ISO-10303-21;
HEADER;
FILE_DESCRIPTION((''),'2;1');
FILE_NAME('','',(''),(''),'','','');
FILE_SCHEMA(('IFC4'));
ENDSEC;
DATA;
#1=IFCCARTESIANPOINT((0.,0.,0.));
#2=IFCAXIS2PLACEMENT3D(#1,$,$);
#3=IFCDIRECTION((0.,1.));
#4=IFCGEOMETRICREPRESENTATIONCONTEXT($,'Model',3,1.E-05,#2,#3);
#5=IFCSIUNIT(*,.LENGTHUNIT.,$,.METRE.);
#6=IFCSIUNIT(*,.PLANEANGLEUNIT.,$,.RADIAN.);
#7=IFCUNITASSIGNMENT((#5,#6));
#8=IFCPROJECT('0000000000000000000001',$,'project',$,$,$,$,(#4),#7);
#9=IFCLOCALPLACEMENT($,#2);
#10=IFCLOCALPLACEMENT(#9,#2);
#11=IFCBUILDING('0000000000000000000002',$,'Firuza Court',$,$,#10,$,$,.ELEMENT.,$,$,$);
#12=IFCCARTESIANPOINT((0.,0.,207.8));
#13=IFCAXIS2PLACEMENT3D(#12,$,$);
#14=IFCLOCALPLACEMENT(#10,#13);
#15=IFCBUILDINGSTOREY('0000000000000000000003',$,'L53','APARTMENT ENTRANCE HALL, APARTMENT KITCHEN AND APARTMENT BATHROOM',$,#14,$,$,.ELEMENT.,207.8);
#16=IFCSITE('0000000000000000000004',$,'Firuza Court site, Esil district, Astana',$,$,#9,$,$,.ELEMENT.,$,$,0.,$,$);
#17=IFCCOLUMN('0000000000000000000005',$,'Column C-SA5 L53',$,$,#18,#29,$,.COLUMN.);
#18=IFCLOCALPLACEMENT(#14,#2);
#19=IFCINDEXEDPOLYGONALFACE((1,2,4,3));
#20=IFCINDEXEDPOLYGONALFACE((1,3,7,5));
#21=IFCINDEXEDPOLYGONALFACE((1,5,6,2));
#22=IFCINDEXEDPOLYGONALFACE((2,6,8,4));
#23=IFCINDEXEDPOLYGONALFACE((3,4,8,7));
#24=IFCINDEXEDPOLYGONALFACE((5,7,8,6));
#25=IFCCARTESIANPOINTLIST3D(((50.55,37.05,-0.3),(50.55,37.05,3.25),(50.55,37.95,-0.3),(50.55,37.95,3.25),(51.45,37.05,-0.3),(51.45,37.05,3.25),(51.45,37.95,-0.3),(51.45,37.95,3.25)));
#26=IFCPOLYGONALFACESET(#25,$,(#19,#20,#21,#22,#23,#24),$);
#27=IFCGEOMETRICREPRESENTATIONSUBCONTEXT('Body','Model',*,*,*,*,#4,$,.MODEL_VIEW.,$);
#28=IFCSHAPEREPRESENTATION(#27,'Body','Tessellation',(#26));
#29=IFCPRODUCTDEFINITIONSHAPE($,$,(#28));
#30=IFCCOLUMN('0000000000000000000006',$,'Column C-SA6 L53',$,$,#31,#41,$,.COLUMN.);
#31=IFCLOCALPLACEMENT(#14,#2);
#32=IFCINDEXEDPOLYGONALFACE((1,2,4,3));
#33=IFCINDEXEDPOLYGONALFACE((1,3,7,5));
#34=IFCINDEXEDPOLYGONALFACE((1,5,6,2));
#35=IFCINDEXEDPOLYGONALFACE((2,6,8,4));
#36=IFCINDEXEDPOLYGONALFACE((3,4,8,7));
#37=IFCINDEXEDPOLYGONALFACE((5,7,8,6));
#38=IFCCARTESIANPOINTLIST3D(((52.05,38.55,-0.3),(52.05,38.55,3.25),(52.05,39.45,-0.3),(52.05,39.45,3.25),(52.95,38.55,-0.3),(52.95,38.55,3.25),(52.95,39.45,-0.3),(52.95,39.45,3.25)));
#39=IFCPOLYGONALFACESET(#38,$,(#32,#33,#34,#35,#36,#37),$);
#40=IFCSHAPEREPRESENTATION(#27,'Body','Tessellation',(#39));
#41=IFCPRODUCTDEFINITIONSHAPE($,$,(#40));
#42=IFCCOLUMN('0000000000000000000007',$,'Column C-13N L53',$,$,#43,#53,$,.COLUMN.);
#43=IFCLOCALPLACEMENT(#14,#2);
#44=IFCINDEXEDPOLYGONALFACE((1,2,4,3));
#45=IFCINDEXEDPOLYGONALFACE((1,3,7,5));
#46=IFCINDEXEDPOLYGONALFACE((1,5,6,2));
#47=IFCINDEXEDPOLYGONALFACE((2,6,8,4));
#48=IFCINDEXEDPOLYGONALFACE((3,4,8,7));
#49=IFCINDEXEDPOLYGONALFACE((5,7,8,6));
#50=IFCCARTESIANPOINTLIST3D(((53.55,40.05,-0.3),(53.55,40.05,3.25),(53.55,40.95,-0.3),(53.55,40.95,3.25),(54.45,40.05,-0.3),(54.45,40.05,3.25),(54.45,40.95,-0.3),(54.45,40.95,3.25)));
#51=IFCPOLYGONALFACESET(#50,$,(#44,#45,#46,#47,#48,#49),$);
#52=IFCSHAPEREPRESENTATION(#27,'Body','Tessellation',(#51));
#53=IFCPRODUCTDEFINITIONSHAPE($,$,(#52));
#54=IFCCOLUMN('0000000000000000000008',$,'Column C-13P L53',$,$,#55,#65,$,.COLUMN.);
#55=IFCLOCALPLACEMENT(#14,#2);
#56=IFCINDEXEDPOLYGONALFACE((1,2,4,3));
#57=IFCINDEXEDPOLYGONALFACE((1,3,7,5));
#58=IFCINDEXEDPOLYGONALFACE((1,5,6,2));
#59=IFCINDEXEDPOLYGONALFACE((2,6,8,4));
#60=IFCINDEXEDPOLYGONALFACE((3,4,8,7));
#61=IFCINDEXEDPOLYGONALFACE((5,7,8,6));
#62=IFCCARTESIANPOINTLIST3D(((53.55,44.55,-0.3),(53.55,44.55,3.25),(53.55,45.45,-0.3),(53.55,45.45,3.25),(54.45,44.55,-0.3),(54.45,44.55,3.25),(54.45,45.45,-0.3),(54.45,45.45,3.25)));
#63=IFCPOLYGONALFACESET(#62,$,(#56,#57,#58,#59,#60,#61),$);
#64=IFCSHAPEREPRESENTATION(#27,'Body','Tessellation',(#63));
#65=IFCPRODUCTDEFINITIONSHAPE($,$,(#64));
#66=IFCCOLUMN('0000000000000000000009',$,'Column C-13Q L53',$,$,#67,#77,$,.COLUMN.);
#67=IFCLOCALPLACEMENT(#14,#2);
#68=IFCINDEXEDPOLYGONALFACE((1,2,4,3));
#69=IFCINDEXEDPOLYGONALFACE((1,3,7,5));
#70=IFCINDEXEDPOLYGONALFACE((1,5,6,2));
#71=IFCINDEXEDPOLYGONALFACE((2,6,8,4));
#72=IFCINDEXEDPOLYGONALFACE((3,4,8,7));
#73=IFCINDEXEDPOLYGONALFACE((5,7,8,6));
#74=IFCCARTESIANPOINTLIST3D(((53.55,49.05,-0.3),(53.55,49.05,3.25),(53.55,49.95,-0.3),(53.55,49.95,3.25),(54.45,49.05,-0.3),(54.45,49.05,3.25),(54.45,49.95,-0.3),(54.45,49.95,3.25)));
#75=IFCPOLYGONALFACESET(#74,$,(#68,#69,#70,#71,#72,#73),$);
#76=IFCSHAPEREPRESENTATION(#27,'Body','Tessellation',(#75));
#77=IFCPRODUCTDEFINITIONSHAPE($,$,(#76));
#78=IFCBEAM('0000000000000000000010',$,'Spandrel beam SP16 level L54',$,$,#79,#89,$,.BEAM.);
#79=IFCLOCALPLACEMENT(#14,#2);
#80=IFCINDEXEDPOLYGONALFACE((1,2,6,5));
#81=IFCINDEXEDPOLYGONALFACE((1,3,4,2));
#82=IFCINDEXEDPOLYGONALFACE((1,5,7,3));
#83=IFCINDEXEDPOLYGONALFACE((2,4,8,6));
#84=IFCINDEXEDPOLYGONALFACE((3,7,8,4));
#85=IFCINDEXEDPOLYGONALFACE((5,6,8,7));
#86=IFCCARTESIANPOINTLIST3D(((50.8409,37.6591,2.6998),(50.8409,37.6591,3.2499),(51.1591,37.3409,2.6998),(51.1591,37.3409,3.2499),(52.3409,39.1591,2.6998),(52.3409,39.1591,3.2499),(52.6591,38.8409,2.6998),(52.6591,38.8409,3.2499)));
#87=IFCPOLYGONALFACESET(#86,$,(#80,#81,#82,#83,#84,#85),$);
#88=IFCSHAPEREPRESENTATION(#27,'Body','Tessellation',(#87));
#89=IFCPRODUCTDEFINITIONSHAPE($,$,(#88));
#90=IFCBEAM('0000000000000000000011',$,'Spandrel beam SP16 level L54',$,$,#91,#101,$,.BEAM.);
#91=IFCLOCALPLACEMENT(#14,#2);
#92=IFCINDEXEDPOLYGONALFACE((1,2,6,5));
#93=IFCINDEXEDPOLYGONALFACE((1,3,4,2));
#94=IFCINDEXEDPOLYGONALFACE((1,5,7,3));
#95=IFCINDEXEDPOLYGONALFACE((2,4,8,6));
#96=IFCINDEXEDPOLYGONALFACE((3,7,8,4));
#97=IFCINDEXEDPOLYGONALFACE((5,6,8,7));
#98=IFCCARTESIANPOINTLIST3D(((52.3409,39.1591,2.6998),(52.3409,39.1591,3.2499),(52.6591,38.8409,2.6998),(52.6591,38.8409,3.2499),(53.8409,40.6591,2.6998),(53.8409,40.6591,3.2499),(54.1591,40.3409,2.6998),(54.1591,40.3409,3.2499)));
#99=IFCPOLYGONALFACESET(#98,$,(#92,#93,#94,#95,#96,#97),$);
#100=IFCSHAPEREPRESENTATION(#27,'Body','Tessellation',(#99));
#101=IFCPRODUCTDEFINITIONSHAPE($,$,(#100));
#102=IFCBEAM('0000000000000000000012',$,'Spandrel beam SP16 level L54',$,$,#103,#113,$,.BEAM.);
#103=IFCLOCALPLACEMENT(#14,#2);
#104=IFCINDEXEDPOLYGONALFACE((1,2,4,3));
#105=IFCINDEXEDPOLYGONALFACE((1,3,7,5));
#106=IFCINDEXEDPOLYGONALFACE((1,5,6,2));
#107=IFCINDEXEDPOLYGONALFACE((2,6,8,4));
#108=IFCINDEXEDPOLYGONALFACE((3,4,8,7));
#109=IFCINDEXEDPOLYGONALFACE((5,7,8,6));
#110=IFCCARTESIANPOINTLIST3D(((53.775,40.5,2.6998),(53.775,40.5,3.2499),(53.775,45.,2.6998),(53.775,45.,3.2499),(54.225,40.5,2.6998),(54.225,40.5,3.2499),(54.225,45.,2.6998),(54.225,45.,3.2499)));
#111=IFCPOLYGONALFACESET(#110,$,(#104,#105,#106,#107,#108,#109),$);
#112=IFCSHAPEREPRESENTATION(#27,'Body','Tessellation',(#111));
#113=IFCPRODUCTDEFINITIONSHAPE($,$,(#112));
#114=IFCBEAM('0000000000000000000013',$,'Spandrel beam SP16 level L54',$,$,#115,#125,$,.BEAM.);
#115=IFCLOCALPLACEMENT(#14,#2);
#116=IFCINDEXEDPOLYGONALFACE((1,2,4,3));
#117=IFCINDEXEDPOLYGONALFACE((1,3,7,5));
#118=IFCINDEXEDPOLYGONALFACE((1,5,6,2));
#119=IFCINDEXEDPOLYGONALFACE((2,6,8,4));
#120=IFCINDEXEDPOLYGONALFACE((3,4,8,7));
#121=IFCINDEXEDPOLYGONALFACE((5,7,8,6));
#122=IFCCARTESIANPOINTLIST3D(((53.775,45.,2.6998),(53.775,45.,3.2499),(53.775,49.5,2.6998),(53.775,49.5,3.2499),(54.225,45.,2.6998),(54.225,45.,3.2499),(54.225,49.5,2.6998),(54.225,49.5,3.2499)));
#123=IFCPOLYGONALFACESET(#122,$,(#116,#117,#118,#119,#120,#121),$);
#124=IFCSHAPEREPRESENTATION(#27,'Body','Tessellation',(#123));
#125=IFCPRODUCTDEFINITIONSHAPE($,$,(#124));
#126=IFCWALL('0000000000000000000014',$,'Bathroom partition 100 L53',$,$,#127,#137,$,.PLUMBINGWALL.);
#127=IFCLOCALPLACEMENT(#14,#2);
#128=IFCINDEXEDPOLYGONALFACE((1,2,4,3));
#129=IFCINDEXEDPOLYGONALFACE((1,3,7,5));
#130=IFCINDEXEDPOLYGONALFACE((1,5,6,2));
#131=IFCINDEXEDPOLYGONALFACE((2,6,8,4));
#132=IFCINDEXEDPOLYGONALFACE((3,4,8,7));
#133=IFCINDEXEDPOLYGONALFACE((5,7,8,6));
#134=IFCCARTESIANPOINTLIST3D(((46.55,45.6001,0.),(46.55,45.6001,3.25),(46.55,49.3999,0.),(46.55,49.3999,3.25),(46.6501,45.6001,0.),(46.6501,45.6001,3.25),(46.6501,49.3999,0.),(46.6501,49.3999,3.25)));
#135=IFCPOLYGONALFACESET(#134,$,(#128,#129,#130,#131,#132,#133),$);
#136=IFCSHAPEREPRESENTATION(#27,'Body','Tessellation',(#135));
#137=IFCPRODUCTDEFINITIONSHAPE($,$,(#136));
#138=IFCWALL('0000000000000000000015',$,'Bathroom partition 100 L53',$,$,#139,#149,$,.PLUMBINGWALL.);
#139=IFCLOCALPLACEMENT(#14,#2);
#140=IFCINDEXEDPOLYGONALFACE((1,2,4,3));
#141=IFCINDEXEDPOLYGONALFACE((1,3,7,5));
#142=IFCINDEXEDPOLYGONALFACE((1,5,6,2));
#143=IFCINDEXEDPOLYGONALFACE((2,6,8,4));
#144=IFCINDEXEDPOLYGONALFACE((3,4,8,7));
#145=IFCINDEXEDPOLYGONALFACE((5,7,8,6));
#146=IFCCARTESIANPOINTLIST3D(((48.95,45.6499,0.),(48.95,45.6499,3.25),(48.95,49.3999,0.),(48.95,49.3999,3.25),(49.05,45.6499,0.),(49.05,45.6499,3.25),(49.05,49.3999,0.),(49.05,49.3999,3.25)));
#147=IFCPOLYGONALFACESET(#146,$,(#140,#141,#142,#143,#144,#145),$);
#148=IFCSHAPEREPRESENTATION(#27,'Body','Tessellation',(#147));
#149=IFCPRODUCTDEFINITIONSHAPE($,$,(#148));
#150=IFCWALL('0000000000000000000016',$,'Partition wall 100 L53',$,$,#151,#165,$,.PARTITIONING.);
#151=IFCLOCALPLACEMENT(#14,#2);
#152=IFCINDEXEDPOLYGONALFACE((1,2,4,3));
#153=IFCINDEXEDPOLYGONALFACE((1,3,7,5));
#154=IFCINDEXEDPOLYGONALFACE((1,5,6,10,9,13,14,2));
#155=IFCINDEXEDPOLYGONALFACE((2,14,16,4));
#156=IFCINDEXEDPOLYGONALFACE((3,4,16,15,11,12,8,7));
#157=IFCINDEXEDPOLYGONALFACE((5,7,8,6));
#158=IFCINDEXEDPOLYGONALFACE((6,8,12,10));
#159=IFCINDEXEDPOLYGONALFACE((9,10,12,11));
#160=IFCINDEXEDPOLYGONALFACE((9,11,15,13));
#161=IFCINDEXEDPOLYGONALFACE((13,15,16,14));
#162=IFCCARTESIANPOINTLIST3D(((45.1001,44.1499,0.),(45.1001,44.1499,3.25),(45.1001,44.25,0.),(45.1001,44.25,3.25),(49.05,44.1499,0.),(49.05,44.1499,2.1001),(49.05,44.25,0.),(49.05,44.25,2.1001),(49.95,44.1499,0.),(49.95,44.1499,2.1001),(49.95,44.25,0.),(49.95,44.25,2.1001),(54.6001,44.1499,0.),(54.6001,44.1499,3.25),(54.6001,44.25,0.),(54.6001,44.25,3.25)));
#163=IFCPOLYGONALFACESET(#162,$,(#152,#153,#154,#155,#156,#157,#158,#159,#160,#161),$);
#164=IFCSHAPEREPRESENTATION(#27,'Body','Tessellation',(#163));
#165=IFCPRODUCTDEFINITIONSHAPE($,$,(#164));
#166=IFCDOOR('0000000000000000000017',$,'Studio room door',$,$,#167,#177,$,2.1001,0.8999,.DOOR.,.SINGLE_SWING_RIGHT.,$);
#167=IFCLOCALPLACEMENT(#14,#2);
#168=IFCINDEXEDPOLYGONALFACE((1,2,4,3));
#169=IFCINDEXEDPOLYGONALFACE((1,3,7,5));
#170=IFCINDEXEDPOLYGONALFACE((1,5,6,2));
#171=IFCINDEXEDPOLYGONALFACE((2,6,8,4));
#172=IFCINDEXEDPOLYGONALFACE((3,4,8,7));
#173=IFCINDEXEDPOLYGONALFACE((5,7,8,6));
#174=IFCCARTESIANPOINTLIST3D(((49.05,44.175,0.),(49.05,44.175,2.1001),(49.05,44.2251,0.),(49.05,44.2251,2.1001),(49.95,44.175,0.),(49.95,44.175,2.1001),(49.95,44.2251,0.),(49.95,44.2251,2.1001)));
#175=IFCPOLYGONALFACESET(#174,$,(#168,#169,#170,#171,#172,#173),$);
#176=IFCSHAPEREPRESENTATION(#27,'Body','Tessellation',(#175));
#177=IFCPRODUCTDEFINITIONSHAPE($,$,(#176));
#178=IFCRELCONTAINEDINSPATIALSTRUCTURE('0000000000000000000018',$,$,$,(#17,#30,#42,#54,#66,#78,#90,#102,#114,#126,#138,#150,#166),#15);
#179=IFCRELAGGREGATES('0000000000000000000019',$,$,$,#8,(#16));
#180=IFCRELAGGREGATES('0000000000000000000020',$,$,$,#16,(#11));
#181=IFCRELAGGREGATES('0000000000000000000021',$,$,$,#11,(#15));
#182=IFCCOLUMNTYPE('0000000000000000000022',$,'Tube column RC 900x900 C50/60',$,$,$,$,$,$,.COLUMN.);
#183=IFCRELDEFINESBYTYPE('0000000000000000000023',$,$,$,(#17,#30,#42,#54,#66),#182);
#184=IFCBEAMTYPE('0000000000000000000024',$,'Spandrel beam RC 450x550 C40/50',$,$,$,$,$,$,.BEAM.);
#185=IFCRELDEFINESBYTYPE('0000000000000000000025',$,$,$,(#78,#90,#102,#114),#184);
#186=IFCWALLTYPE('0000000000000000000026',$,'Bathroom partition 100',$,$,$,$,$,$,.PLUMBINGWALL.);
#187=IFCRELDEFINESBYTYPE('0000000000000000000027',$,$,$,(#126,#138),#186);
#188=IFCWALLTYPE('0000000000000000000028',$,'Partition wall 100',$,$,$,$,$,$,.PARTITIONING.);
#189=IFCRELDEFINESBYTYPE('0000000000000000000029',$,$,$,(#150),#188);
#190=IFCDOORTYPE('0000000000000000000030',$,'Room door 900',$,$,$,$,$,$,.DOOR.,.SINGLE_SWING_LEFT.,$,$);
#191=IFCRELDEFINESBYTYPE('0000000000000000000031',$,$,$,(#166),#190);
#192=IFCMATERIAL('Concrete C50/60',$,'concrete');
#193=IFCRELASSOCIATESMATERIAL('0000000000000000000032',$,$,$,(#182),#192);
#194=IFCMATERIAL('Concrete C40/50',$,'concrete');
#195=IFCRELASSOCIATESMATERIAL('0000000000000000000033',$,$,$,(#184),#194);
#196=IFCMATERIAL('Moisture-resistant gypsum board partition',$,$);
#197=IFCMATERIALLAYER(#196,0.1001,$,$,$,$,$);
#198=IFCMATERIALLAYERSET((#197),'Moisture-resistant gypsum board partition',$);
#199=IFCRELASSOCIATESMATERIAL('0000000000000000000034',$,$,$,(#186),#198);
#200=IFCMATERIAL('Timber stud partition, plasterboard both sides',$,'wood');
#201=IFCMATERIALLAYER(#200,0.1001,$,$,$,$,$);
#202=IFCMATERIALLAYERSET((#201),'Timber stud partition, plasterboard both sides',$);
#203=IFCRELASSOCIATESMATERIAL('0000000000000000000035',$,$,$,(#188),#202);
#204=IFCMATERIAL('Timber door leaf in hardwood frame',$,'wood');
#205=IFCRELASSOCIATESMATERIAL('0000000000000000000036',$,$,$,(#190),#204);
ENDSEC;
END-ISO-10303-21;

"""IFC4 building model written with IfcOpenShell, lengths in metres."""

from ifc_helpers import new_model, si_unit, direction, frame, frame_2d, origin, origin_2d, place, context, subcontext, project, spatial, rectangle, extrude, material, layer, layer_set, material_profile, profile_set, type_object, element, fill, save


model = new_model("IFC4")

# Units and contexts
model_context = context("Model", 3, precision=1e-05, world=origin(), true_north=direction((0.0, 1.0)))
body_context = subcontext(model_context, "Body", "Model", "MODEL_VIEW")
ifc_project = project(units=[si_unit("LENGTHUNIT", "METRE"), si_unit("PLANEANGLEUNIT", "RADIAN")], contexts=[model_context])

# Site, building, storey
site_placement = place(None, origin())
site = spatial("IfcSite", under=ifc_project, at=site_placement, Name="Firuza Court site, Esil district, Astana", CompositionType="ELEMENT", RefElevation=0.0)
building_placement = place(site_placement, origin())
building = spatial("IfcBuilding", under=site, at=building_placement, Name="Firuza Court", CompositionType="ELEMENT")
storey_placement = place(building_placement, frame((0.0, 0.0, 207.8)))
storey = spatial("IfcBuildingStorey", under=building, at=storey_placement, Name="L53", Description="APARTMENT ENTRANCE HALL, APARTMENT KITCHEN AND APARTMENT BATHROOM", CompositionType="ELEMENT", Elevation=207.8)

# Columns
ifc_material_1 = material(Name="Concrete C50/60", Category="concrete")
ifc_material_profile_1 = material_profile(ifc_material_1, rectangle(XDim=0.8999, YDim=0.8999, at=origin_2d()), Name="RC 900x900")
ifc_profile_set_1 = profile_set([ifc_material_profile_1], Name="Concrete C50/60")
column_type = type_object("IfcColumnType", Name="Tube column RC 900x900 C50/60", PredefinedType="COLUMN", material=ifc_profile_set_1)
for number, where, z_axis, x_axis, name in (
    (1, (51.0, 37.5, -0.3), (0.0, 0.0, 1.0), (1.0, 0.0, 0.0), "Column C-SA5 L53"),
    (2, (52.5, 39.0, -0.3), (0.0, 0.0, 1.0), (1.0, 0.0, 0.0), "Column C-SA6 L53"),
    (3, (54.0, 40.5, -0.3), (0.0, 0.0, 1.0), (1.0, 0.0, 0.0), "Column C-13N L53"),
    (4, (54.0, 45.0, -0.3), (0.0, 0.0, 1.0), (1.0, 0.0, 0.0), "Column C-13P L53"),
    (5, (54.0, 49.5, -0.3), (0.0, 0.0, 1.0), (1.0, 0.0, 0.0), "Column C-13Q L53"),
):
    element("IfcColumn", number, at=place(storey_placement, frame(where, z_axis=z_axis, x_axis=x_axis)), inside=storey, type_object=column_type, Name=name, PredefinedType="COLUMN", context=body_context, shape_type="SweptSolid", body=[
        extrude(rectangle(XDim=0.8999, YDim=0.8999, at=origin_2d()), origin(), (0.0, 0.0, 1.0), 3.55),
    ])

# Beams
ifc_material_2 = material(Name="Concrete C40/50", Category="concrete")
ifc_material_profile_2 = material_profile(ifc_material_2, rectangle(XDim=0.45, YDim=0.55, at=origin_2d()), Name="RC 450x550")
ifc_profile_set_2 = profile_set([ifc_material_profile_2], Name="Concrete C40/50")
beam_type = type_object("IfcBeamType", Name="Spandrel beam RC 450x550 C40/50", PredefinedType="BEAM", material=ifc_profile_set_2)
for number, where, z_axis, x_axis, name in (
    (6, (51.0, 37.5, 2.9749), (0.707107, 0.707107, 0.0), (-0.707107, 0.707107, 0.0), "Spandrel beam SP16 level L54"),
    (7, (52.5, 39.0, 2.9749), (0.707107, 0.707107, 0.0), (-0.707107, 0.707107, 0.0), "Spandrel beam SP16 level L54"),
):
    element("IfcBeam", number, at=place(storey_placement, frame(where, z_axis=z_axis, x_axis=x_axis)), inside=storey, type_object=beam_type, Name=name, PredefinedType="BEAM", context=body_context, shape_type="SweptSolid", body=[
        extrude(rectangle(XDim=0.45, YDim=0.55, at=origin_2d()), origin(), (0.0, 0.0, 1.0), 2.1213),
    ])
for number, where, z_axis, x_axis, name in (
    (8, (54.0, 40.5, 2.9749), (0.0, 1.0, 0.0), (-1.0, 0.0, 0.0), "Spandrel beam SP16 level L54"),
    (9, (54.0, 45.0, 2.9749), (0.0, 1.0, 0.0), (-1.0, 0.0, 0.0), "Spandrel beam SP16 level L54"),
):
    element("IfcBeam", number, at=place(storey_placement, frame(where, z_axis=z_axis, x_axis=x_axis)), inside=storey, type_object=beam_type, Name=name, PredefinedType="BEAM", context=body_context, shape_type="SweptSolid", body=[
        extrude(rectangle(XDim=0.45, YDim=0.55, at=origin_2d()), origin(), (0.0, 0.0, 1.0), 4.5),
    ])

# Walls
ifc_material_3 = material(Name="Moisture-resistant gypsum board partition")
ifc_layer_1 = layer(ifc_material_3, 0.1001)
ifc_layer_set_1 = layer_set([ifc_layer_1], Name="Moisture-resistant gypsum board partition")
wall_type_1 = type_object("IfcWallType", Name="Bathroom partition 100", PredefinedType="PLUMBINGWALL", material=ifc_layer_set_1)
wall_1_placement = place(storey_placement, frame((46.6001, 45.6001, 0.0), z_axis=(0.0, 0.0, 1.0), x_axis=(0.0, 1.0, 0.0)))
element("IfcWall", 10, at=wall_1_placement, inside=storey, type_object=wall_type_1, Name="Bathroom partition 100 L53", PredefinedType="PLUMBINGWALL", context=body_context, shape_type="SweptSolid", body=[
    extrude(rectangle(XDim=3.7998, YDim=0.1001, at=frame_2d((1.8999, 0.0))), origin(), (0.0, 0.0, 1.0), 3.25),
])
wall_2_placement = place(storey_placement, frame((49.0, 45.6499, 0.0), z_axis=(0.0, 0.0, 1.0), x_axis=(0.0, 1.0, 0.0)))
element("IfcWall", 11, at=wall_2_placement, inside=storey, type_object=wall_type_1, Name="Bathroom partition 100 L53", PredefinedType="PLUMBINGWALL", context=body_context, shape_type="SweptSolid", body=[
    extrude(rectangle(XDim=3.75, YDim=0.1001, at=frame_2d((1.875, 0.0))), origin(), (0.0, 0.0, 1.0), 3.25),
])

# Wall, opening, door
ifc_material_4 = material(Name="Timber stud partition, plasterboard both sides", Category="wood")
ifc_layer_2 = layer(ifc_material_4, 0.1001)
ifc_layer_set_2 = layer_set([ifc_layer_2], Name="Timber stud partition, plasterboard both sides")
wall_type_2 = type_object("IfcWallType", Name="Partition wall 100", PredefinedType="PARTITIONING", material=ifc_layer_set_2)
wall_3_placement = place(storey_placement, frame((45.1001, 44.2, 0.0), z_axis=(0.0, 0.0, 1.0), x_axis=(1.0, 0.0, 0.0)))
wall_3 = element("IfcWall", 12, at=wall_3_placement, inside=storey, type_object=wall_type_2, Name="Partition wall 100 L53", PredefinedType="PARTITIONING", context=body_context, shape_type="SweptSolid", body=[
    extrude(rectangle(XDim=9.5, YDim=0.1001, at=frame_2d((4.75, 0.0))), origin(), (0.0, 0.0, 1.0), 3.25),
])
opening_1_placement = place(wall_3_placement, frame((3.95, 0.0, 0.0)))
opening_1 = element("IfcOpeningElement", 13, at=opening_1_placement, cuts=wall_3, PredefinedType="OPENING", context=body_context, shape_type="SweptSolid", body=[
    extrude(rectangle(XDim=0.8999, YDim=2.1001, at=frame_2d((0.45, 1.05))), frame((0.0, 0.062, 0.0), z_axis=(0.0, -1.0, 0.0), x_axis=(1.0, 0.0, 0.0)), (0.0, 0.0, 1.0), 0.124),
])
ifc_material_5 = material(Name="Timber door leaf in hardwood frame", Category="wood")
door_type_1 = type_object("IfcDoorType", Name="Room door 900", OperationType="SINGLE_SWING_LEFT", PredefinedType="DOOR", material=ifc_material_5)
door_1_placement = place(opening_1_placement, frame((0.8999, 0.0, 0.0), z_axis=(0.0, 0.0, 1.0), x_axis=(-1.0, 0.0, 0.0)))
door_1 = element("IfcDoor", 14, at=door_1_placement, inside=storey, type_object=door_type_1, Name="Studio room door", OperationType="SINGLE_SWING_RIGHT", OverallHeight=2.1001, OverallWidth=0.8999, PredefinedType="DOOR", context=body_context, shape_type="SweptSolid", body=[
    extrude(rectangle(XDim=0.8999, YDim=2.1001, at=frame_2d((0.45, 1.05))), frame((0.0, 0.0249, 0.0), z_axis=(0.0, -1.0, 0.0), x_axis=(1.0, 0.0, 0.0)), (0.0, 0.0, 1.0), 0.05),
])
fill(opening_1, door_1)

save(model, "model.ifc")
